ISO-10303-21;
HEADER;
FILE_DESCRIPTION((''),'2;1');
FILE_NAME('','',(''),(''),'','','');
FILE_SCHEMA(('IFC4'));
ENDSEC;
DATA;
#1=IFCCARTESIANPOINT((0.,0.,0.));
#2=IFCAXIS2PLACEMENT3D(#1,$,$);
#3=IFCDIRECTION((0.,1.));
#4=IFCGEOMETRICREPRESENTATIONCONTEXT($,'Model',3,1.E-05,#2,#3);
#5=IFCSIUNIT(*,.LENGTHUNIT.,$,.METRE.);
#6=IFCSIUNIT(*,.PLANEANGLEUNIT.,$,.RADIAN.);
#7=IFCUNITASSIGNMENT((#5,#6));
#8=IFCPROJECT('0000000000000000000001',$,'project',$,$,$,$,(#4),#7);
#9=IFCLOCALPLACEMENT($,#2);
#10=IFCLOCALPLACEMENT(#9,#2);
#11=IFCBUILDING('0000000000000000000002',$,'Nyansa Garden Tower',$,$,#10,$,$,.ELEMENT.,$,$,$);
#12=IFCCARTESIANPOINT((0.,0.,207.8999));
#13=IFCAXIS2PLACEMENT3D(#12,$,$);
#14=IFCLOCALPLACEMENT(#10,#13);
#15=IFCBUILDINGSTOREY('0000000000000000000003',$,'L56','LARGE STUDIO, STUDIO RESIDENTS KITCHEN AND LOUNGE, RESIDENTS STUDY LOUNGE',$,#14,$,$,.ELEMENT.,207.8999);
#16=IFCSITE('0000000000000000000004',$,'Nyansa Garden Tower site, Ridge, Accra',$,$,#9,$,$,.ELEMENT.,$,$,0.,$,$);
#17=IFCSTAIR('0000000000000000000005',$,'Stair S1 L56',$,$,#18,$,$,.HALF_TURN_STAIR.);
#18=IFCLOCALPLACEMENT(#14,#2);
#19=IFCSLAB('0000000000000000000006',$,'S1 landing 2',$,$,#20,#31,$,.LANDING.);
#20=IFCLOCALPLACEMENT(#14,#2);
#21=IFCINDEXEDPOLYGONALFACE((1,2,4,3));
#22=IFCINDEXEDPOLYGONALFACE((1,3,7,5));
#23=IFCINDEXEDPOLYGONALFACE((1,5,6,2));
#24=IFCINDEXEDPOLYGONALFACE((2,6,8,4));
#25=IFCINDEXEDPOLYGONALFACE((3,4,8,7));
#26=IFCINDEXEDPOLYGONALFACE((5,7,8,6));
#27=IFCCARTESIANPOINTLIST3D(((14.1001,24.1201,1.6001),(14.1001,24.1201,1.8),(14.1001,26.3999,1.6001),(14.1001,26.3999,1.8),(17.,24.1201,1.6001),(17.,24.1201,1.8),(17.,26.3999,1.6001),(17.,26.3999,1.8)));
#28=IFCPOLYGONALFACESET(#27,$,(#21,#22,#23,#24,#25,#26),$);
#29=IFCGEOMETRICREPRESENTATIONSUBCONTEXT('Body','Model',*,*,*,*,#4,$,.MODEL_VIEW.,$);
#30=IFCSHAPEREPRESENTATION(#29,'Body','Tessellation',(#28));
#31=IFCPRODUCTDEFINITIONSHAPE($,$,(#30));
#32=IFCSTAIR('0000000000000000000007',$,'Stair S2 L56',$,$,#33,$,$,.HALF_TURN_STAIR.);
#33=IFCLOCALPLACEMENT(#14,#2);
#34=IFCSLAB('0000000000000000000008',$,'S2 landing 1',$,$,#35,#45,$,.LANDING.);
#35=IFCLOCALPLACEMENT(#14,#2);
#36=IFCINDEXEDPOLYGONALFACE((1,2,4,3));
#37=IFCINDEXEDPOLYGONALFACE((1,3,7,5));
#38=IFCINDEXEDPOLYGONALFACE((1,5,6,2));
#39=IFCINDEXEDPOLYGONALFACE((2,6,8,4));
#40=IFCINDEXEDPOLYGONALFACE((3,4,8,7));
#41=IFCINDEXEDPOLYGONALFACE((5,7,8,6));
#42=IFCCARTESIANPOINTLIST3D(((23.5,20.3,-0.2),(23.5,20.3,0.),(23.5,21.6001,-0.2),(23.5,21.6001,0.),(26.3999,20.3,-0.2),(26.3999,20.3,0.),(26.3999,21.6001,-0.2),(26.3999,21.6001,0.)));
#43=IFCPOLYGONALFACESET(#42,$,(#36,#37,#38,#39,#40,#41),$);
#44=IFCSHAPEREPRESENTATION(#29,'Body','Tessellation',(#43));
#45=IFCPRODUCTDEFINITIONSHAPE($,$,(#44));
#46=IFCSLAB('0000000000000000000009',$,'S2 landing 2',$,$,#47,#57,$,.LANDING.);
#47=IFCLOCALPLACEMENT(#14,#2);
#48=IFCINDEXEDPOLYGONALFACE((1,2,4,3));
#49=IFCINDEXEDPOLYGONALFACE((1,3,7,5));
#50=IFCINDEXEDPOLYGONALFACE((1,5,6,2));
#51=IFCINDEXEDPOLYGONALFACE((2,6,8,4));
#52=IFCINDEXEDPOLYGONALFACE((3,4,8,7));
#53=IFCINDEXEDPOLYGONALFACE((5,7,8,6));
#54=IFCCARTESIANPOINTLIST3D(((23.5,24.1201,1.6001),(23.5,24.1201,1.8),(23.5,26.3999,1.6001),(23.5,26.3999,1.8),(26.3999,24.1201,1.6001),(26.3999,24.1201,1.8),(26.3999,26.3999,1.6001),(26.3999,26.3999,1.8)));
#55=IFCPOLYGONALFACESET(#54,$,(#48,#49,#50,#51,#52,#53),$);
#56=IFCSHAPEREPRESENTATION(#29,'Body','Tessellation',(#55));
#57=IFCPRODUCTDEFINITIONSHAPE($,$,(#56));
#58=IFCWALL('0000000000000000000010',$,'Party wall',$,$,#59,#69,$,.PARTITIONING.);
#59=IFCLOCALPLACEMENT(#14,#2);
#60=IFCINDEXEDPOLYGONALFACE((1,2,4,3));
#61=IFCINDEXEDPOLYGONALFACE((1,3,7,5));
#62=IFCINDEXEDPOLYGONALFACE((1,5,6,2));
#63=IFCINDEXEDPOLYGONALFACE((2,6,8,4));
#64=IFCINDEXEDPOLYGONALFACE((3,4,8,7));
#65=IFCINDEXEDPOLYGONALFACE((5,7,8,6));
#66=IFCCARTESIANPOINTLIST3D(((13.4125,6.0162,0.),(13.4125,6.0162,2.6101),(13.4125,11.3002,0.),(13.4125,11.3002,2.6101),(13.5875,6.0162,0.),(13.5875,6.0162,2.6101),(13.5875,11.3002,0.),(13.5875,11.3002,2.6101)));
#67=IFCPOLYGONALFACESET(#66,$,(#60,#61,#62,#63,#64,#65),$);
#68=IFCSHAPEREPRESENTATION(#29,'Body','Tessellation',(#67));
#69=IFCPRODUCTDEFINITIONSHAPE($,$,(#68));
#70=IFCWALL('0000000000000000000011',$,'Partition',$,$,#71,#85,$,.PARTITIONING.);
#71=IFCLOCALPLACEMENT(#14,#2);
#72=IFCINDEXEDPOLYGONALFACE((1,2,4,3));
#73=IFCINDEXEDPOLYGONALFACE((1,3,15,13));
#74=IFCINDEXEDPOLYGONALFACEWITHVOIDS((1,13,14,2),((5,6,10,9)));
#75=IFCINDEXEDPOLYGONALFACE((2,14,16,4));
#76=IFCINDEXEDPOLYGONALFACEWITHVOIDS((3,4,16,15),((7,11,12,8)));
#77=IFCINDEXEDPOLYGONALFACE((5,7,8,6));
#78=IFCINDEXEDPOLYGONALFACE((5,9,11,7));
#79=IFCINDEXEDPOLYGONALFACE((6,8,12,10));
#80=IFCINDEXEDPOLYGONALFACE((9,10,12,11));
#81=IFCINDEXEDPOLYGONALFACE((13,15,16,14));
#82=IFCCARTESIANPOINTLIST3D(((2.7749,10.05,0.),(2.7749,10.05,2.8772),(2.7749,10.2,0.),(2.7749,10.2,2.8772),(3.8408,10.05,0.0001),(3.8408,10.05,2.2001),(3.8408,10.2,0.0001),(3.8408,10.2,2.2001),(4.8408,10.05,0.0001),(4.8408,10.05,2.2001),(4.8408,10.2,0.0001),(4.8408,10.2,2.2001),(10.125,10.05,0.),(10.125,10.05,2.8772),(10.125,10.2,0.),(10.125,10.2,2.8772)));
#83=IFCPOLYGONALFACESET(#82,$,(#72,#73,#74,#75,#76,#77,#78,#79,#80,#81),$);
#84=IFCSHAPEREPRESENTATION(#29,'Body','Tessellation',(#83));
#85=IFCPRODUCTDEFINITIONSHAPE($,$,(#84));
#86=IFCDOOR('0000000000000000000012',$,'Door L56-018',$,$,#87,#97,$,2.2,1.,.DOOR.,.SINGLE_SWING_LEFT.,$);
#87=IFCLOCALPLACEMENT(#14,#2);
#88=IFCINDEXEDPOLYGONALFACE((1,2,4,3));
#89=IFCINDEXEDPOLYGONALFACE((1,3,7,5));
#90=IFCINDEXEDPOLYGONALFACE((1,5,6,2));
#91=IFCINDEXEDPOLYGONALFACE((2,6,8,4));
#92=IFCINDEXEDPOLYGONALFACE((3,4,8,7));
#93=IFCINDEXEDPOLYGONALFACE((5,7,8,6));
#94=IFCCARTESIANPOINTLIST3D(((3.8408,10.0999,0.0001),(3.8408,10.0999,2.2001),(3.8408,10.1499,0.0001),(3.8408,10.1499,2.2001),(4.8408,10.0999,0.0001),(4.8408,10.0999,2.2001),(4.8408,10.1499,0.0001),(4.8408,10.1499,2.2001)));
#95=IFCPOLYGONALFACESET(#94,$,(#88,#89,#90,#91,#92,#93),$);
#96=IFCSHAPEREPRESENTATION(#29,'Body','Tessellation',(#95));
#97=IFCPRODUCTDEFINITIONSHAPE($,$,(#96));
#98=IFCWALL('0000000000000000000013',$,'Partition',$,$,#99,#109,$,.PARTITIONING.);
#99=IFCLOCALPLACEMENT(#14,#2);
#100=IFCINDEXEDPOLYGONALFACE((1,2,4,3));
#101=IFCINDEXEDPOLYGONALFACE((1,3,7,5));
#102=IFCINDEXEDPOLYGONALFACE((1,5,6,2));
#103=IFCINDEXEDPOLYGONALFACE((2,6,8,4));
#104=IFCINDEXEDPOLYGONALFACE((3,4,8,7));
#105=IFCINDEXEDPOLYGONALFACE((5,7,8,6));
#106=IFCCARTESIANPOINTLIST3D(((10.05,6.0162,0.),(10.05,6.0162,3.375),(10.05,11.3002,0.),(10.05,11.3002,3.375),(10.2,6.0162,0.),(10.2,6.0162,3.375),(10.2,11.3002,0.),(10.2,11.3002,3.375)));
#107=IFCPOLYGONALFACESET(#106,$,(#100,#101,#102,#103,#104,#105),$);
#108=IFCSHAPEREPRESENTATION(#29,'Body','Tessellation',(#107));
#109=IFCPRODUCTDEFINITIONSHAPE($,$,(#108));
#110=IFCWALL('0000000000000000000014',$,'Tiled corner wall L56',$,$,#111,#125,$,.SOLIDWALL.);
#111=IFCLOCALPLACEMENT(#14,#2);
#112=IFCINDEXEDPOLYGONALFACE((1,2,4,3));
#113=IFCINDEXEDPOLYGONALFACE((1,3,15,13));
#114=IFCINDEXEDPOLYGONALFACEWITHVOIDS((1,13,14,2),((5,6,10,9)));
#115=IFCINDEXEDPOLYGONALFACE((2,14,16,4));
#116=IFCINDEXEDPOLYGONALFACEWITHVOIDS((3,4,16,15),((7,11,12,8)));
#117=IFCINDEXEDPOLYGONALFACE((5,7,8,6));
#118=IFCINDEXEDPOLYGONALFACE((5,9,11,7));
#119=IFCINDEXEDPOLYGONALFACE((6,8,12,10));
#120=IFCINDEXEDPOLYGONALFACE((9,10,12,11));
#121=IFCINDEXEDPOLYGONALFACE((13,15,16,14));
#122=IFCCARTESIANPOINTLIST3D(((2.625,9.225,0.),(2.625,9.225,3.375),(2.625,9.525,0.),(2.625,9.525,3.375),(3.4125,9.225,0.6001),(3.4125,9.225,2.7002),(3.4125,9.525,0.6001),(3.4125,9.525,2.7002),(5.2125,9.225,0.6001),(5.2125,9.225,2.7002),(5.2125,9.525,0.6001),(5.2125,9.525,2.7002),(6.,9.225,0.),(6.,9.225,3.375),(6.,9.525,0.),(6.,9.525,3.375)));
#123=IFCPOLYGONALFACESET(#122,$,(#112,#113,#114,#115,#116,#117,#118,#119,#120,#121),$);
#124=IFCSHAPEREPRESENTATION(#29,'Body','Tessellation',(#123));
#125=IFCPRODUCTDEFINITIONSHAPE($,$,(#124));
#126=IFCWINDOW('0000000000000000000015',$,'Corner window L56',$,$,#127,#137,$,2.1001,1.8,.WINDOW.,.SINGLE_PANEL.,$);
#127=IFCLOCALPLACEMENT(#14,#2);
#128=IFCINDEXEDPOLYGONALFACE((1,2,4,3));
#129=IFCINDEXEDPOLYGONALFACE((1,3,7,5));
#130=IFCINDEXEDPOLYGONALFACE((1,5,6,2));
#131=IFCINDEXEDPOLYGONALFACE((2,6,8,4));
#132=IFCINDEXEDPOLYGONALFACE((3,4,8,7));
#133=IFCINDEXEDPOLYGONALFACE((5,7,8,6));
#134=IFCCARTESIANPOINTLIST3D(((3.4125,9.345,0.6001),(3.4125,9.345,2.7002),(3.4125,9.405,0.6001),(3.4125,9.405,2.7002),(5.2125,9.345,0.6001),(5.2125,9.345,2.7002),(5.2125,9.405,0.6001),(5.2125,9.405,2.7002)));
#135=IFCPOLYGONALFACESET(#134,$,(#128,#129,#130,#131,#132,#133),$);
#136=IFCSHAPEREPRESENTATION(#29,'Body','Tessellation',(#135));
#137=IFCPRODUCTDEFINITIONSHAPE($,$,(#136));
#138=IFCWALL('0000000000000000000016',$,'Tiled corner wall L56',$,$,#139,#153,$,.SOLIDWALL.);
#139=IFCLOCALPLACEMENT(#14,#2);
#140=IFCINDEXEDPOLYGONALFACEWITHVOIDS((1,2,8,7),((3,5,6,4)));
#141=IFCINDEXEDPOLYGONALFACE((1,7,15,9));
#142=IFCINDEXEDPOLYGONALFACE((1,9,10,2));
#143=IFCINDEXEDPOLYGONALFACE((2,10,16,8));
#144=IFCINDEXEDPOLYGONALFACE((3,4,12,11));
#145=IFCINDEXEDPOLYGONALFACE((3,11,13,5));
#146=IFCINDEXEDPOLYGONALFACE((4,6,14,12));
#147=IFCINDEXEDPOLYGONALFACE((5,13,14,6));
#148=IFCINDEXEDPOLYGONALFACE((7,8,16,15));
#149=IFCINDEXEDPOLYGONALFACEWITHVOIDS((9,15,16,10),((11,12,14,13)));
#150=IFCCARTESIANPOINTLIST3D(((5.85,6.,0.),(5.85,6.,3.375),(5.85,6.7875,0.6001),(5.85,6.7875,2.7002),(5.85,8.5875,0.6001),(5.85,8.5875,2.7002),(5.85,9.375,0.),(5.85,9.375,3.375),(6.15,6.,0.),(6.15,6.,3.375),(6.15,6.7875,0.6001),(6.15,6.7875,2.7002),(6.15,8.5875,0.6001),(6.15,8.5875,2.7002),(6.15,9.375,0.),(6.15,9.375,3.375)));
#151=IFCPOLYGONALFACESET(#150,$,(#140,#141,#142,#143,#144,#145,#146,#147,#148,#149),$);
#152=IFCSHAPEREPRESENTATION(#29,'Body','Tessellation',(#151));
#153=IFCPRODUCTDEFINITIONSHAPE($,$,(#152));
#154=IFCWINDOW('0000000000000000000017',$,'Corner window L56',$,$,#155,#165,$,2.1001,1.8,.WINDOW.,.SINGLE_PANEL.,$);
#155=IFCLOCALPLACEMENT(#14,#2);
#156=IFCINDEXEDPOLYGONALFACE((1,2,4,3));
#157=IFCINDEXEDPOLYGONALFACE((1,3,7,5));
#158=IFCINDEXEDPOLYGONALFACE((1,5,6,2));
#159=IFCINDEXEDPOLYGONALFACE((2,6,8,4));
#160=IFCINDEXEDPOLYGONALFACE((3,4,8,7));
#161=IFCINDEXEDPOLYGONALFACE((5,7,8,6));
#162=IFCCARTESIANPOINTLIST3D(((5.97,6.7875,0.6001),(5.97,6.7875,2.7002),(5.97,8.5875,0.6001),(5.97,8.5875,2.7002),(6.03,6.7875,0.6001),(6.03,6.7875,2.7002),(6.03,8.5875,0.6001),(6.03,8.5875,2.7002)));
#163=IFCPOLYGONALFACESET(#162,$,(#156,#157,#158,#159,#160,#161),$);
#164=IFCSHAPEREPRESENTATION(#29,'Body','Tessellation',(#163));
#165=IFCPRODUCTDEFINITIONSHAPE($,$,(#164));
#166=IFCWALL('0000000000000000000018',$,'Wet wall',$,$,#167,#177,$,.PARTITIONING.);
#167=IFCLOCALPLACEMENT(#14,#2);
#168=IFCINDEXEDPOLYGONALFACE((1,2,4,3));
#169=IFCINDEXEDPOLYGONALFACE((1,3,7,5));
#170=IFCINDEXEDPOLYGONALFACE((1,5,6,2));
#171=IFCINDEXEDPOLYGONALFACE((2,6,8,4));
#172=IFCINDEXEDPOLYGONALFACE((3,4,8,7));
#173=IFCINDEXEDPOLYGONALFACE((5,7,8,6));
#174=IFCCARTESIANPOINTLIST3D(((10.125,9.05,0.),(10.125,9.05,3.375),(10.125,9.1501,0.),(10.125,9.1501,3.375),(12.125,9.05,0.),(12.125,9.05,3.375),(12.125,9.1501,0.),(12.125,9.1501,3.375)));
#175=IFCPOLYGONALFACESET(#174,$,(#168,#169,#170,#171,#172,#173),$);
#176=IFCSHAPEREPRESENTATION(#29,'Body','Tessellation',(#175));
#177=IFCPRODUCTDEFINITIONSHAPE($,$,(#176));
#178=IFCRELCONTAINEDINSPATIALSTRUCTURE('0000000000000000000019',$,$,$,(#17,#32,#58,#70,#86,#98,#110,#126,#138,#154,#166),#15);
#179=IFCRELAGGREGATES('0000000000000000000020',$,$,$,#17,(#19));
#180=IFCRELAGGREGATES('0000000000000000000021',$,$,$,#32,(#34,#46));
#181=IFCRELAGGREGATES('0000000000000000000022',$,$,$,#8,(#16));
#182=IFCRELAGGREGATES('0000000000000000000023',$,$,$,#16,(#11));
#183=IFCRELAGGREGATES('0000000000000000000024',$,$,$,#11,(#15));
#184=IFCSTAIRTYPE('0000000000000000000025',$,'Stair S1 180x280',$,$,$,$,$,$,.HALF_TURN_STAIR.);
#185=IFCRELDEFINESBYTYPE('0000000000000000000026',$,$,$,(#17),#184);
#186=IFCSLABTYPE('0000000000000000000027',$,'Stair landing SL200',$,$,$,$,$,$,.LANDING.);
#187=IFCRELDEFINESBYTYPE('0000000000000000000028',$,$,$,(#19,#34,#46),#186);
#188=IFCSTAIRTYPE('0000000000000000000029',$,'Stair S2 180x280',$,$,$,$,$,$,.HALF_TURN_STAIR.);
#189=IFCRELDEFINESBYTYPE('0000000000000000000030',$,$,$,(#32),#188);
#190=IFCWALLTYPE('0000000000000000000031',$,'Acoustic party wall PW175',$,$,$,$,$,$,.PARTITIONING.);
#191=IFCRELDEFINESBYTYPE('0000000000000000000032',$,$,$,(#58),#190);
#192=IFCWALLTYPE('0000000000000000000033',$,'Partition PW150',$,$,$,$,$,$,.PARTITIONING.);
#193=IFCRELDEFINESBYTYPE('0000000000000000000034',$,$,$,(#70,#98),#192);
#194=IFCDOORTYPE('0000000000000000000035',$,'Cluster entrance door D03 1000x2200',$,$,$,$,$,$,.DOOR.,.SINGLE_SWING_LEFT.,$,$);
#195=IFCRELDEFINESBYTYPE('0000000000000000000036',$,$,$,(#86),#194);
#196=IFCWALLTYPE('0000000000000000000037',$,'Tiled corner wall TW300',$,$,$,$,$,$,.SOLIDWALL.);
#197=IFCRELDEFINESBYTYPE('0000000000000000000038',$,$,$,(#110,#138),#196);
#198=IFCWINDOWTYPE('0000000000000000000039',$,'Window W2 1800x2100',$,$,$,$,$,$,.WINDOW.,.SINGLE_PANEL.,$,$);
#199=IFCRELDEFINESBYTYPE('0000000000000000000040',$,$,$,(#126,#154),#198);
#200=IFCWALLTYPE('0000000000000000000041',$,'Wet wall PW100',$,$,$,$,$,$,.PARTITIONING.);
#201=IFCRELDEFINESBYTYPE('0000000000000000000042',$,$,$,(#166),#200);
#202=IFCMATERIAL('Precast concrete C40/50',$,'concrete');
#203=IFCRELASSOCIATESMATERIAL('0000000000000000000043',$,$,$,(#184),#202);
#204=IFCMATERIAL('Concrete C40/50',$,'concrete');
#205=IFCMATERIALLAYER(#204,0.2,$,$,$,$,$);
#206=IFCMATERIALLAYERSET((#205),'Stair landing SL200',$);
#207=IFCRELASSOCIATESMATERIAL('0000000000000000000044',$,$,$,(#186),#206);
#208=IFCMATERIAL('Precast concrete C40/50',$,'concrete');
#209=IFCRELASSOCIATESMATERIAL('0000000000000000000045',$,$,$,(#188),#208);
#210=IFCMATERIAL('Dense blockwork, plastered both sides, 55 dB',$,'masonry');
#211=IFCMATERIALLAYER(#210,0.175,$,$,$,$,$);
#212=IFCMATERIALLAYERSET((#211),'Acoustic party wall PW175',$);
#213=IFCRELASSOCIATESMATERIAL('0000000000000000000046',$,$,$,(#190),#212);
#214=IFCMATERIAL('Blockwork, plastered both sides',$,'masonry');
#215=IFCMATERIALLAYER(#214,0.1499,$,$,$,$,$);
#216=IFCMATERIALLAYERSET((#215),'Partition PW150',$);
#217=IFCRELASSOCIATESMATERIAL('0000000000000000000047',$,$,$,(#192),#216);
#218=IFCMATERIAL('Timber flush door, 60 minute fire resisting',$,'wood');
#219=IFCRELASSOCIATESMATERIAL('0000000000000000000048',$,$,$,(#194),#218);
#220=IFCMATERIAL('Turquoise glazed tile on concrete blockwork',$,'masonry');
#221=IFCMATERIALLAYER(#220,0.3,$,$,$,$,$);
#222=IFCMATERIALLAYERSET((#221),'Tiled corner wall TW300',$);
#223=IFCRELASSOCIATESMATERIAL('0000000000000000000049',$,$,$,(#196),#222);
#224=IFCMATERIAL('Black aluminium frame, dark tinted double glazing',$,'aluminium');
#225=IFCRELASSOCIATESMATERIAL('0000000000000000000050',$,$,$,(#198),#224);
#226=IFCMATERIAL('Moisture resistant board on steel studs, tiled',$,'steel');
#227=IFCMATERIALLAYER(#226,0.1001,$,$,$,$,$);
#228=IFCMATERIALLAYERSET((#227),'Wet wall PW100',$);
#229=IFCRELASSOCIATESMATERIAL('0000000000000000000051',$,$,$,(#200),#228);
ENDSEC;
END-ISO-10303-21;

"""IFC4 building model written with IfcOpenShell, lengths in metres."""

from ifc_helpers import new_model, si_unit, direction, frame, frame_2d, origin, place, context, subcontext, project, spatial, polyline, rectangle, outline, extrude, material, layer, layer_set, type_object, element, fill, aggregate, save


model = new_model("IFC4")

# Units and contexts
model_context = context("Model", 3, precision=1e-05, world=origin(), true_north=direction((0.0, 1.0)))
body_context = subcontext(model_context, "Body", "Model", "MODEL_VIEW")
ifc_project = project(units=[si_unit("LENGTHUNIT", "METRE"), si_unit("PLANEANGLEUNIT", "RADIAN")], contexts=[model_context])

# Site, building, storey
site_placement = place(None, origin())
site = spatial("IfcSite", under=ifc_project, at=site_placement, Name="Nyansa Garden Tower site, Ridge, Accra", CompositionType="ELEMENT", RefElevation=0.0)
building_placement = place(site_placement, origin())
building = spatial("IfcBuilding", under=site, at=building_placement, Name="Nyansa Garden Tower", CompositionType="ELEMENT")
storey_placement = place(building_placement, frame((0.0, 0.0, 207.8999)))
storey = spatial("IfcBuildingStorey", under=building, at=storey_placement, Name="L56", Description="LARGE STUDIO, STUDIO RESIDENTS KITCHEN AND LOUNGE, RESIDENTS STUDY LOUNGE", CompositionType="ELEMENT", Elevation=207.8999)

# Stairs, slabs
ifc_material_1 = material(Name="Precast concrete C40/50", Category="concrete")
stair_type_1 = type_object("IfcStairType", Name="Stair S1 180x280", PredefinedType="HALF_TURN_STAIR", material=ifc_material_1)
stair_1_placement = place(storey_placement, origin())
stair_1 = element("IfcStair", 1, at=stair_1_placement, inside=storey, type_object=stair_type_1, Name="Stair S1 L56", PredefinedType="HALF_TURN_STAIR")
ifc_material_2 = material(Name="Concrete C40/50", Category="concrete")
ifc_layer_1 = layer(ifc_material_2, 0.2)
ifc_layer_set_1 = layer_set([ifc_layer_1], Name="Stair landing SL200")
slab_type_1 = type_object("IfcSlabType", Name="Stair landing SL200", PredefinedType="LANDING", material=ifc_layer_set_1)
slab_1_placement = place(storey_placement, frame((0.0, 0.0, 1.6001)))
slab_1 = element("IfcSlab", 2, at=slab_1_placement, type_object=slab_type_1, Name="S1 landing 2", PredefinedType="LANDING", context=body_context, shape_type="SweptSolid", body=[
    extrude(outline(polyline([(14.1001, 24.1201), (17.0, 24.1201), (17.0, 26.3999), (14.1001, 26.3999), (14.1001, 24.1201)])), origin(), (0.0, 0.0, 1.0), 0.2),
])
aggregate(stair_1, [slab_1])
ifc_material_3 = material(Name="Precast concrete C40/50", Category="concrete")
stair_type_2 = type_object("IfcStairType", Name="Stair S2 180x280", PredefinedType="HALF_TURN_STAIR", material=ifc_material_3)
stair_2_placement = place(storey_placement, origin())
stair_2 = element("IfcStair", 3, at=stair_2_placement, inside=storey, type_object=stair_type_2, Name="Stair S2 L56", PredefinedType="HALF_TURN_STAIR")
slab_2_placement = place(storey_placement, frame((0.0, 0.0, -0.2)))
slab_2 = element("IfcSlab", 4, at=slab_2_placement, type_object=slab_type_1, Name="S2 landing 1", PredefinedType="LANDING", context=body_context, shape_type="SweptSolid", body=[
    extrude(outline(polyline([(23.5, 20.3), (26.3999, 20.3), (26.3999, 21.6001), (23.5, 21.6001), (23.5, 20.3)])), origin(), (0.0, 0.0, 1.0), 0.2),
])
slab_3_placement = place(storey_placement, frame((0.0, 0.0, 1.6001)))
slab_3 = element("IfcSlab", 5, at=slab_3_placement, type_object=slab_type_1, Name="S2 landing 2", PredefinedType="LANDING", context=body_context, shape_type="SweptSolid", body=[
    extrude(outline(polyline([(23.5, 24.1201), (26.3999, 24.1201), (26.3999, 26.3999), (23.5, 26.3999), (23.5, 24.1201)])), origin(), (0.0, 0.0, 1.0), 0.2),
])
aggregate(stair_2, [slab_2, slab_3])

# Wall
ifc_material_4 = material(Name="Dense blockwork, plastered both sides, 55 dB", Category="masonry")
ifc_layer_2 = layer(ifc_material_4, 0.175)
ifc_layer_set_2 = layer_set([ifc_layer_2], Name="Acoustic party wall PW175")
wall_type_1 = type_object("IfcWallType", Name="Acoustic party wall PW175", PredefinedType="PARTITIONING", material=ifc_layer_set_2)
wall_1_placement = place(storey_placement, frame((13.5, 6.0161, 0.0), z_axis=(0.0, 0.0, 1.0), x_axis=(0.0, 1.0, 0.0)))
element("IfcWall", 6, at=wall_1_placement, inside=storey, type_object=wall_type_1, Name="Party wall", PredefinedType="PARTITIONING", context=body_context, shape_type="SweptSolid", body=[
    extrude(rectangle(XDim=5.2839, YDim=0.175, at=frame_2d((2.6421, 0.0))), origin(), (0.0, 0.0, 1.0), 2.6101),
])

# Wall, opening, door
ifc_material_5 = material(Name="Blockwork, plastered both sides", Category="masonry")
ifc_layer_3 = layer(ifc_material_5, 0.1499)
ifc_layer_set_3 = layer_set([ifc_layer_3], Name="Partition PW150")
wall_type_2 = type_object("IfcWallType", Name="Partition PW150", PredefinedType="PARTITIONING", material=ifc_layer_set_3)
wall_2_placement = place(storey_placement, frame((2.7749, 10.125, 0.0), z_axis=(0.0, 0.0, 1.0), x_axis=(1.0, 0.0, 0.0)))
wall_2 = element("IfcWall", 7, at=wall_2_placement, inside=storey, type_object=wall_type_2, Name="Partition", PredefinedType="PARTITIONING", context=body_context, shape_type="SweptSolid", body=[
    extrude(rectangle(XDim=7.3501, YDim=0.1499, at=frame_2d((3.675, 0.0))), origin(), (0.0, 0.0, 1.0), 2.8772),
])
opening_1_placement = place(wall_2_placement, frame((1.0659, 0.0, 0.0)))
opening_1 = element("IfcOpeningElement", 8, at=opening_1_placement, cuts=wall_2, PredefinedType="OPENING", context=body_context, shape_type="SweptSolid", body=[
    extrude(rectangle(XDim=1.0, YDim=2.2, at=frame_2d((0.5, 1.1001))), frame((0.0, 0.085, 0.0), z_axis=(0.0, -1.0, 0.0), x_axis=(1.0, 0.0, 0.0)), (0.0, 0.0, 1.0), 0.1699),
])
ifc_material_6 = material(Name="Timber flush door, 60 minute fire resisting", Category="wood")
door_type_1 = type_object("IfcDoorType", Name="Cluster entrance door D03 1000x2200", OperationType="SINGLE_SWING_LEFT", PredefinedType="DOOR", material=ifc_material_6)
door_1_placement = place(opening_1_placement, origin())
door_1 = element("IfcDoor", 9, at=door_1_placement, inside=storey, type_object=door_type_1, Name="Door L56-018", OperationType="SINGLE_SWING_LEFT", OverallHeight=2.2, OverallWidth=1.0, PredefinedType="DOOR", context=body_context, shape_type="SweptSolid", body=[
    extrude(rectangle(XDim=1.0, YDim=2.2, at=frame_2d((0.5, 1.1001))), frame((0.0, 0.0249, 0.0), z_axis=(0.0, -1.0, 0.0), x_axis=(1.0, 0.0, 0.0)), (0.0, 0.0, 1.0), 0.05),
])
fill(opening_1, door_1)

# Wall
wall_3_placement = place(storey_placement, frame((10.125, 6.0161, 0.0), z_axis=(0.0, 0.0, 1.0), x_axis=(0.0, 1.0, 0.0)))
element("IfcWall", 10, at=wall_3_placement, inside=storey, type_object=wall_type_2, Name="Partition", PredefinedType="PARTITIONING", context=body_context, shape_type="SweptSolid", body=[
    extrude(rectangle(XDim=5.2839, YDim=0.1499, at=frame_2d((2.6421, 0.0))), origin(), (0.0, 0.0, 1.0), 3.375),
])

# Walls, openings, windows
ifc_material_7 = material(Name="Turquoise glazed tile on concrete blockwork", Category="masonry")
ifc_layer_4 = layer(ifc_material_7, 0.3)
ifc_layer_set_4 = layer_set([ifc_layer_4], Name="Tiled corner wall TW300")
wall_type_3 = type_object("IfcWallType", Name="Tiled corner wall TW300", PredefinedType="SOLIDWALL", material=ifc_layer_set_4)
wall_4_placement = place(storey_placement, frame((2.625, 9.375, 0.0), z_axis=(0.0, 0.0, 1.0), x_axis=(1.0, 0.0, 0.0)))
wall_4 = element("IfcWall", 11, at=wall_4_placement, inside=storey, type_object=wall_type_3, Name="Tiled corner wall L56", PredefinedType="SOLIDWALL", context=body_context, shape_type="SweptSolid", body=[
    extrude(rectangle(XDim=3.375, YDim=0.3, at=frame_2d((1.6875, 0.0))), origin(), (0.0, 0.0, 1.0), 3.375),
])
opening_2_placement = place(wall_4_placement, frame((0.7876, 0.0, 0.6001)))
opening_2 = element("IfcOpeningElement", 12, at=opening_2_placement, cuts=wall_4, PredefinedType="OPENING", context=body_context, shape_type="SweptSolid", body=[
    extrude(rectangle(XDim=1.8, YDim=2.1001, at=frame_2d((0.8999, 1.05))), frame((0.0, 0.1599, 0.0), z_axis=(0.0, -1.0, 0.0), x_axis=(1.0, 0.0, 0.0)), (0.0, 0.0, 1.0), 0.3201),
])
ifc_material_8 = material(Name="Black aluminium frame, dark tinted double glazing", Category="aluminium")
window_type = type_object("IfcWindowType", Name="Window W2 1800x2100", PartitioningType="SINGLE_PANEL", PredefinedType="WINDOW", material=ifc_material_8)
window_1_placement = place(opening_2_placement, origin())
window_1 = element("IfcWindow", 13, at=window_1_placement, inside=storey, type_object=window_type, Name="Corner window L56", OverallHeight=2.1001, OverallWidth=1.8, PartitioningType="SINGLE_PANEL", PredefinedType="WINDOW", context=body_context, shape_type="SweptSolid", body=[
    extrude(rectangle(XDim=1.8, YDim=2.1001, at=frame_2d((0.8999, 1.05))), frame((0.0, 0.03, 0.0), z_axis=(0.0, -1.0, 0.0), x_axis=(1.0, 0.0, 0.0)), (0.0, 0.0, 1.0), 0.0601),
])
fill(opening_2, window_1)
wall_5_placement = place(storey_placement, frame((6.0, 9.375, 0.0), z_axis=(0.0, 0.0, 1.0), x_axis=(0.0, -1.0, 0.0)))
wall_5 = element("IfcWall", 14, at=wall_5_placement, inside=storey, type_object=wall_type_3, Name="Tiled corner wall L56", PredefinedType="SOLIDWALL", context=body_context, shape_type="SweptSolid", body=[
    extrude(rectangle(XDim=3.375, YDim=0.3, at=frame_2d((1.6875, 0.0))), origin(), (0.0, 0.0, 1.0), 3.375),
])
opening_3_placement = place(wall_5_placement, frame((0.7876, 0.0, 0.6001)))
opening_3 = element("IfcOpeningElement", 15, at=opening_3_placement, cuts=wall_5, PredefinedType="OPENING", context=body_context, shape_type="SweptSolid", body=[
    extrude(rectangle(XDim=1.8, YDim=2.1001, at=frame_2d((0.8999, 1.05))), frame((0.0, 0.1599, 0.0), z_axis=(0.0, -1.0, 0.0), x_axis=(1.0, 0.0, 0.0)), (0.0, 0.0, 1.0), 0.3201),
])
window_2_placement = place(opening_3_placement, origin())
window_2 = element("IfcWindow", 16, at=window_2_placement, inside=storey, type_object=window_type, Name="Corner window L56", OverallHeight=2.1001, OverallWidth=1.8, PartitioningType="SINGLE_PANEL", PredefinedType="WINDOW", context=body_context, shape_type="SweptSolid", body=[
    extrude(rectangle(XDim=1.8, YDim=2.1001, at=frame_2d((0.8999, 1.05))), frame((0.0, 0.03, 0.0), z_axis=(0.0, -1.0, 0.0), x_axis=(1.0, 0.0, 0.0)), (0.0, 0.0, 1.0), 0.0601),
])
fill(opening_3, window_2)

# Wall
ifc_material_9 = material(Name="Moisture resistant board on steel studs, tiled", Category="steel")
ifc_layer_5 = layer(ifc_material_9, 0.1001)
ifc_layer_set_5 = layer_set([ifc_layer_5], Name="Wet wall PW100")
wall_type_4 = type_object("IfcWallType", Name="Wet wall PW100", PredefinedType="PARTITIONING", material=ifc_layer_set_5)
wall_6_placement = place(storey_placement, frame((10.125, 9.1001, 0.0), z_axis=(0.0, 0.0, 1.0), x_axis=(1.0, 0.0, 0.0)))
element("IfcWall", 17, at=wall_6_placement, inside=storey, type_object=wall_type_4, Name="Wet wall", PredefinedType="PARTITIONING", context=body_context, shape_type="SweptSolid", body=[
    extrude(rectangle(XDim=2.0, YDim=0.1001, at=frame_2d((1.0, 0.0))), origin(), (0.0, 0.0, 1.0), 3.375),
])

save(model, "model.ifc")
